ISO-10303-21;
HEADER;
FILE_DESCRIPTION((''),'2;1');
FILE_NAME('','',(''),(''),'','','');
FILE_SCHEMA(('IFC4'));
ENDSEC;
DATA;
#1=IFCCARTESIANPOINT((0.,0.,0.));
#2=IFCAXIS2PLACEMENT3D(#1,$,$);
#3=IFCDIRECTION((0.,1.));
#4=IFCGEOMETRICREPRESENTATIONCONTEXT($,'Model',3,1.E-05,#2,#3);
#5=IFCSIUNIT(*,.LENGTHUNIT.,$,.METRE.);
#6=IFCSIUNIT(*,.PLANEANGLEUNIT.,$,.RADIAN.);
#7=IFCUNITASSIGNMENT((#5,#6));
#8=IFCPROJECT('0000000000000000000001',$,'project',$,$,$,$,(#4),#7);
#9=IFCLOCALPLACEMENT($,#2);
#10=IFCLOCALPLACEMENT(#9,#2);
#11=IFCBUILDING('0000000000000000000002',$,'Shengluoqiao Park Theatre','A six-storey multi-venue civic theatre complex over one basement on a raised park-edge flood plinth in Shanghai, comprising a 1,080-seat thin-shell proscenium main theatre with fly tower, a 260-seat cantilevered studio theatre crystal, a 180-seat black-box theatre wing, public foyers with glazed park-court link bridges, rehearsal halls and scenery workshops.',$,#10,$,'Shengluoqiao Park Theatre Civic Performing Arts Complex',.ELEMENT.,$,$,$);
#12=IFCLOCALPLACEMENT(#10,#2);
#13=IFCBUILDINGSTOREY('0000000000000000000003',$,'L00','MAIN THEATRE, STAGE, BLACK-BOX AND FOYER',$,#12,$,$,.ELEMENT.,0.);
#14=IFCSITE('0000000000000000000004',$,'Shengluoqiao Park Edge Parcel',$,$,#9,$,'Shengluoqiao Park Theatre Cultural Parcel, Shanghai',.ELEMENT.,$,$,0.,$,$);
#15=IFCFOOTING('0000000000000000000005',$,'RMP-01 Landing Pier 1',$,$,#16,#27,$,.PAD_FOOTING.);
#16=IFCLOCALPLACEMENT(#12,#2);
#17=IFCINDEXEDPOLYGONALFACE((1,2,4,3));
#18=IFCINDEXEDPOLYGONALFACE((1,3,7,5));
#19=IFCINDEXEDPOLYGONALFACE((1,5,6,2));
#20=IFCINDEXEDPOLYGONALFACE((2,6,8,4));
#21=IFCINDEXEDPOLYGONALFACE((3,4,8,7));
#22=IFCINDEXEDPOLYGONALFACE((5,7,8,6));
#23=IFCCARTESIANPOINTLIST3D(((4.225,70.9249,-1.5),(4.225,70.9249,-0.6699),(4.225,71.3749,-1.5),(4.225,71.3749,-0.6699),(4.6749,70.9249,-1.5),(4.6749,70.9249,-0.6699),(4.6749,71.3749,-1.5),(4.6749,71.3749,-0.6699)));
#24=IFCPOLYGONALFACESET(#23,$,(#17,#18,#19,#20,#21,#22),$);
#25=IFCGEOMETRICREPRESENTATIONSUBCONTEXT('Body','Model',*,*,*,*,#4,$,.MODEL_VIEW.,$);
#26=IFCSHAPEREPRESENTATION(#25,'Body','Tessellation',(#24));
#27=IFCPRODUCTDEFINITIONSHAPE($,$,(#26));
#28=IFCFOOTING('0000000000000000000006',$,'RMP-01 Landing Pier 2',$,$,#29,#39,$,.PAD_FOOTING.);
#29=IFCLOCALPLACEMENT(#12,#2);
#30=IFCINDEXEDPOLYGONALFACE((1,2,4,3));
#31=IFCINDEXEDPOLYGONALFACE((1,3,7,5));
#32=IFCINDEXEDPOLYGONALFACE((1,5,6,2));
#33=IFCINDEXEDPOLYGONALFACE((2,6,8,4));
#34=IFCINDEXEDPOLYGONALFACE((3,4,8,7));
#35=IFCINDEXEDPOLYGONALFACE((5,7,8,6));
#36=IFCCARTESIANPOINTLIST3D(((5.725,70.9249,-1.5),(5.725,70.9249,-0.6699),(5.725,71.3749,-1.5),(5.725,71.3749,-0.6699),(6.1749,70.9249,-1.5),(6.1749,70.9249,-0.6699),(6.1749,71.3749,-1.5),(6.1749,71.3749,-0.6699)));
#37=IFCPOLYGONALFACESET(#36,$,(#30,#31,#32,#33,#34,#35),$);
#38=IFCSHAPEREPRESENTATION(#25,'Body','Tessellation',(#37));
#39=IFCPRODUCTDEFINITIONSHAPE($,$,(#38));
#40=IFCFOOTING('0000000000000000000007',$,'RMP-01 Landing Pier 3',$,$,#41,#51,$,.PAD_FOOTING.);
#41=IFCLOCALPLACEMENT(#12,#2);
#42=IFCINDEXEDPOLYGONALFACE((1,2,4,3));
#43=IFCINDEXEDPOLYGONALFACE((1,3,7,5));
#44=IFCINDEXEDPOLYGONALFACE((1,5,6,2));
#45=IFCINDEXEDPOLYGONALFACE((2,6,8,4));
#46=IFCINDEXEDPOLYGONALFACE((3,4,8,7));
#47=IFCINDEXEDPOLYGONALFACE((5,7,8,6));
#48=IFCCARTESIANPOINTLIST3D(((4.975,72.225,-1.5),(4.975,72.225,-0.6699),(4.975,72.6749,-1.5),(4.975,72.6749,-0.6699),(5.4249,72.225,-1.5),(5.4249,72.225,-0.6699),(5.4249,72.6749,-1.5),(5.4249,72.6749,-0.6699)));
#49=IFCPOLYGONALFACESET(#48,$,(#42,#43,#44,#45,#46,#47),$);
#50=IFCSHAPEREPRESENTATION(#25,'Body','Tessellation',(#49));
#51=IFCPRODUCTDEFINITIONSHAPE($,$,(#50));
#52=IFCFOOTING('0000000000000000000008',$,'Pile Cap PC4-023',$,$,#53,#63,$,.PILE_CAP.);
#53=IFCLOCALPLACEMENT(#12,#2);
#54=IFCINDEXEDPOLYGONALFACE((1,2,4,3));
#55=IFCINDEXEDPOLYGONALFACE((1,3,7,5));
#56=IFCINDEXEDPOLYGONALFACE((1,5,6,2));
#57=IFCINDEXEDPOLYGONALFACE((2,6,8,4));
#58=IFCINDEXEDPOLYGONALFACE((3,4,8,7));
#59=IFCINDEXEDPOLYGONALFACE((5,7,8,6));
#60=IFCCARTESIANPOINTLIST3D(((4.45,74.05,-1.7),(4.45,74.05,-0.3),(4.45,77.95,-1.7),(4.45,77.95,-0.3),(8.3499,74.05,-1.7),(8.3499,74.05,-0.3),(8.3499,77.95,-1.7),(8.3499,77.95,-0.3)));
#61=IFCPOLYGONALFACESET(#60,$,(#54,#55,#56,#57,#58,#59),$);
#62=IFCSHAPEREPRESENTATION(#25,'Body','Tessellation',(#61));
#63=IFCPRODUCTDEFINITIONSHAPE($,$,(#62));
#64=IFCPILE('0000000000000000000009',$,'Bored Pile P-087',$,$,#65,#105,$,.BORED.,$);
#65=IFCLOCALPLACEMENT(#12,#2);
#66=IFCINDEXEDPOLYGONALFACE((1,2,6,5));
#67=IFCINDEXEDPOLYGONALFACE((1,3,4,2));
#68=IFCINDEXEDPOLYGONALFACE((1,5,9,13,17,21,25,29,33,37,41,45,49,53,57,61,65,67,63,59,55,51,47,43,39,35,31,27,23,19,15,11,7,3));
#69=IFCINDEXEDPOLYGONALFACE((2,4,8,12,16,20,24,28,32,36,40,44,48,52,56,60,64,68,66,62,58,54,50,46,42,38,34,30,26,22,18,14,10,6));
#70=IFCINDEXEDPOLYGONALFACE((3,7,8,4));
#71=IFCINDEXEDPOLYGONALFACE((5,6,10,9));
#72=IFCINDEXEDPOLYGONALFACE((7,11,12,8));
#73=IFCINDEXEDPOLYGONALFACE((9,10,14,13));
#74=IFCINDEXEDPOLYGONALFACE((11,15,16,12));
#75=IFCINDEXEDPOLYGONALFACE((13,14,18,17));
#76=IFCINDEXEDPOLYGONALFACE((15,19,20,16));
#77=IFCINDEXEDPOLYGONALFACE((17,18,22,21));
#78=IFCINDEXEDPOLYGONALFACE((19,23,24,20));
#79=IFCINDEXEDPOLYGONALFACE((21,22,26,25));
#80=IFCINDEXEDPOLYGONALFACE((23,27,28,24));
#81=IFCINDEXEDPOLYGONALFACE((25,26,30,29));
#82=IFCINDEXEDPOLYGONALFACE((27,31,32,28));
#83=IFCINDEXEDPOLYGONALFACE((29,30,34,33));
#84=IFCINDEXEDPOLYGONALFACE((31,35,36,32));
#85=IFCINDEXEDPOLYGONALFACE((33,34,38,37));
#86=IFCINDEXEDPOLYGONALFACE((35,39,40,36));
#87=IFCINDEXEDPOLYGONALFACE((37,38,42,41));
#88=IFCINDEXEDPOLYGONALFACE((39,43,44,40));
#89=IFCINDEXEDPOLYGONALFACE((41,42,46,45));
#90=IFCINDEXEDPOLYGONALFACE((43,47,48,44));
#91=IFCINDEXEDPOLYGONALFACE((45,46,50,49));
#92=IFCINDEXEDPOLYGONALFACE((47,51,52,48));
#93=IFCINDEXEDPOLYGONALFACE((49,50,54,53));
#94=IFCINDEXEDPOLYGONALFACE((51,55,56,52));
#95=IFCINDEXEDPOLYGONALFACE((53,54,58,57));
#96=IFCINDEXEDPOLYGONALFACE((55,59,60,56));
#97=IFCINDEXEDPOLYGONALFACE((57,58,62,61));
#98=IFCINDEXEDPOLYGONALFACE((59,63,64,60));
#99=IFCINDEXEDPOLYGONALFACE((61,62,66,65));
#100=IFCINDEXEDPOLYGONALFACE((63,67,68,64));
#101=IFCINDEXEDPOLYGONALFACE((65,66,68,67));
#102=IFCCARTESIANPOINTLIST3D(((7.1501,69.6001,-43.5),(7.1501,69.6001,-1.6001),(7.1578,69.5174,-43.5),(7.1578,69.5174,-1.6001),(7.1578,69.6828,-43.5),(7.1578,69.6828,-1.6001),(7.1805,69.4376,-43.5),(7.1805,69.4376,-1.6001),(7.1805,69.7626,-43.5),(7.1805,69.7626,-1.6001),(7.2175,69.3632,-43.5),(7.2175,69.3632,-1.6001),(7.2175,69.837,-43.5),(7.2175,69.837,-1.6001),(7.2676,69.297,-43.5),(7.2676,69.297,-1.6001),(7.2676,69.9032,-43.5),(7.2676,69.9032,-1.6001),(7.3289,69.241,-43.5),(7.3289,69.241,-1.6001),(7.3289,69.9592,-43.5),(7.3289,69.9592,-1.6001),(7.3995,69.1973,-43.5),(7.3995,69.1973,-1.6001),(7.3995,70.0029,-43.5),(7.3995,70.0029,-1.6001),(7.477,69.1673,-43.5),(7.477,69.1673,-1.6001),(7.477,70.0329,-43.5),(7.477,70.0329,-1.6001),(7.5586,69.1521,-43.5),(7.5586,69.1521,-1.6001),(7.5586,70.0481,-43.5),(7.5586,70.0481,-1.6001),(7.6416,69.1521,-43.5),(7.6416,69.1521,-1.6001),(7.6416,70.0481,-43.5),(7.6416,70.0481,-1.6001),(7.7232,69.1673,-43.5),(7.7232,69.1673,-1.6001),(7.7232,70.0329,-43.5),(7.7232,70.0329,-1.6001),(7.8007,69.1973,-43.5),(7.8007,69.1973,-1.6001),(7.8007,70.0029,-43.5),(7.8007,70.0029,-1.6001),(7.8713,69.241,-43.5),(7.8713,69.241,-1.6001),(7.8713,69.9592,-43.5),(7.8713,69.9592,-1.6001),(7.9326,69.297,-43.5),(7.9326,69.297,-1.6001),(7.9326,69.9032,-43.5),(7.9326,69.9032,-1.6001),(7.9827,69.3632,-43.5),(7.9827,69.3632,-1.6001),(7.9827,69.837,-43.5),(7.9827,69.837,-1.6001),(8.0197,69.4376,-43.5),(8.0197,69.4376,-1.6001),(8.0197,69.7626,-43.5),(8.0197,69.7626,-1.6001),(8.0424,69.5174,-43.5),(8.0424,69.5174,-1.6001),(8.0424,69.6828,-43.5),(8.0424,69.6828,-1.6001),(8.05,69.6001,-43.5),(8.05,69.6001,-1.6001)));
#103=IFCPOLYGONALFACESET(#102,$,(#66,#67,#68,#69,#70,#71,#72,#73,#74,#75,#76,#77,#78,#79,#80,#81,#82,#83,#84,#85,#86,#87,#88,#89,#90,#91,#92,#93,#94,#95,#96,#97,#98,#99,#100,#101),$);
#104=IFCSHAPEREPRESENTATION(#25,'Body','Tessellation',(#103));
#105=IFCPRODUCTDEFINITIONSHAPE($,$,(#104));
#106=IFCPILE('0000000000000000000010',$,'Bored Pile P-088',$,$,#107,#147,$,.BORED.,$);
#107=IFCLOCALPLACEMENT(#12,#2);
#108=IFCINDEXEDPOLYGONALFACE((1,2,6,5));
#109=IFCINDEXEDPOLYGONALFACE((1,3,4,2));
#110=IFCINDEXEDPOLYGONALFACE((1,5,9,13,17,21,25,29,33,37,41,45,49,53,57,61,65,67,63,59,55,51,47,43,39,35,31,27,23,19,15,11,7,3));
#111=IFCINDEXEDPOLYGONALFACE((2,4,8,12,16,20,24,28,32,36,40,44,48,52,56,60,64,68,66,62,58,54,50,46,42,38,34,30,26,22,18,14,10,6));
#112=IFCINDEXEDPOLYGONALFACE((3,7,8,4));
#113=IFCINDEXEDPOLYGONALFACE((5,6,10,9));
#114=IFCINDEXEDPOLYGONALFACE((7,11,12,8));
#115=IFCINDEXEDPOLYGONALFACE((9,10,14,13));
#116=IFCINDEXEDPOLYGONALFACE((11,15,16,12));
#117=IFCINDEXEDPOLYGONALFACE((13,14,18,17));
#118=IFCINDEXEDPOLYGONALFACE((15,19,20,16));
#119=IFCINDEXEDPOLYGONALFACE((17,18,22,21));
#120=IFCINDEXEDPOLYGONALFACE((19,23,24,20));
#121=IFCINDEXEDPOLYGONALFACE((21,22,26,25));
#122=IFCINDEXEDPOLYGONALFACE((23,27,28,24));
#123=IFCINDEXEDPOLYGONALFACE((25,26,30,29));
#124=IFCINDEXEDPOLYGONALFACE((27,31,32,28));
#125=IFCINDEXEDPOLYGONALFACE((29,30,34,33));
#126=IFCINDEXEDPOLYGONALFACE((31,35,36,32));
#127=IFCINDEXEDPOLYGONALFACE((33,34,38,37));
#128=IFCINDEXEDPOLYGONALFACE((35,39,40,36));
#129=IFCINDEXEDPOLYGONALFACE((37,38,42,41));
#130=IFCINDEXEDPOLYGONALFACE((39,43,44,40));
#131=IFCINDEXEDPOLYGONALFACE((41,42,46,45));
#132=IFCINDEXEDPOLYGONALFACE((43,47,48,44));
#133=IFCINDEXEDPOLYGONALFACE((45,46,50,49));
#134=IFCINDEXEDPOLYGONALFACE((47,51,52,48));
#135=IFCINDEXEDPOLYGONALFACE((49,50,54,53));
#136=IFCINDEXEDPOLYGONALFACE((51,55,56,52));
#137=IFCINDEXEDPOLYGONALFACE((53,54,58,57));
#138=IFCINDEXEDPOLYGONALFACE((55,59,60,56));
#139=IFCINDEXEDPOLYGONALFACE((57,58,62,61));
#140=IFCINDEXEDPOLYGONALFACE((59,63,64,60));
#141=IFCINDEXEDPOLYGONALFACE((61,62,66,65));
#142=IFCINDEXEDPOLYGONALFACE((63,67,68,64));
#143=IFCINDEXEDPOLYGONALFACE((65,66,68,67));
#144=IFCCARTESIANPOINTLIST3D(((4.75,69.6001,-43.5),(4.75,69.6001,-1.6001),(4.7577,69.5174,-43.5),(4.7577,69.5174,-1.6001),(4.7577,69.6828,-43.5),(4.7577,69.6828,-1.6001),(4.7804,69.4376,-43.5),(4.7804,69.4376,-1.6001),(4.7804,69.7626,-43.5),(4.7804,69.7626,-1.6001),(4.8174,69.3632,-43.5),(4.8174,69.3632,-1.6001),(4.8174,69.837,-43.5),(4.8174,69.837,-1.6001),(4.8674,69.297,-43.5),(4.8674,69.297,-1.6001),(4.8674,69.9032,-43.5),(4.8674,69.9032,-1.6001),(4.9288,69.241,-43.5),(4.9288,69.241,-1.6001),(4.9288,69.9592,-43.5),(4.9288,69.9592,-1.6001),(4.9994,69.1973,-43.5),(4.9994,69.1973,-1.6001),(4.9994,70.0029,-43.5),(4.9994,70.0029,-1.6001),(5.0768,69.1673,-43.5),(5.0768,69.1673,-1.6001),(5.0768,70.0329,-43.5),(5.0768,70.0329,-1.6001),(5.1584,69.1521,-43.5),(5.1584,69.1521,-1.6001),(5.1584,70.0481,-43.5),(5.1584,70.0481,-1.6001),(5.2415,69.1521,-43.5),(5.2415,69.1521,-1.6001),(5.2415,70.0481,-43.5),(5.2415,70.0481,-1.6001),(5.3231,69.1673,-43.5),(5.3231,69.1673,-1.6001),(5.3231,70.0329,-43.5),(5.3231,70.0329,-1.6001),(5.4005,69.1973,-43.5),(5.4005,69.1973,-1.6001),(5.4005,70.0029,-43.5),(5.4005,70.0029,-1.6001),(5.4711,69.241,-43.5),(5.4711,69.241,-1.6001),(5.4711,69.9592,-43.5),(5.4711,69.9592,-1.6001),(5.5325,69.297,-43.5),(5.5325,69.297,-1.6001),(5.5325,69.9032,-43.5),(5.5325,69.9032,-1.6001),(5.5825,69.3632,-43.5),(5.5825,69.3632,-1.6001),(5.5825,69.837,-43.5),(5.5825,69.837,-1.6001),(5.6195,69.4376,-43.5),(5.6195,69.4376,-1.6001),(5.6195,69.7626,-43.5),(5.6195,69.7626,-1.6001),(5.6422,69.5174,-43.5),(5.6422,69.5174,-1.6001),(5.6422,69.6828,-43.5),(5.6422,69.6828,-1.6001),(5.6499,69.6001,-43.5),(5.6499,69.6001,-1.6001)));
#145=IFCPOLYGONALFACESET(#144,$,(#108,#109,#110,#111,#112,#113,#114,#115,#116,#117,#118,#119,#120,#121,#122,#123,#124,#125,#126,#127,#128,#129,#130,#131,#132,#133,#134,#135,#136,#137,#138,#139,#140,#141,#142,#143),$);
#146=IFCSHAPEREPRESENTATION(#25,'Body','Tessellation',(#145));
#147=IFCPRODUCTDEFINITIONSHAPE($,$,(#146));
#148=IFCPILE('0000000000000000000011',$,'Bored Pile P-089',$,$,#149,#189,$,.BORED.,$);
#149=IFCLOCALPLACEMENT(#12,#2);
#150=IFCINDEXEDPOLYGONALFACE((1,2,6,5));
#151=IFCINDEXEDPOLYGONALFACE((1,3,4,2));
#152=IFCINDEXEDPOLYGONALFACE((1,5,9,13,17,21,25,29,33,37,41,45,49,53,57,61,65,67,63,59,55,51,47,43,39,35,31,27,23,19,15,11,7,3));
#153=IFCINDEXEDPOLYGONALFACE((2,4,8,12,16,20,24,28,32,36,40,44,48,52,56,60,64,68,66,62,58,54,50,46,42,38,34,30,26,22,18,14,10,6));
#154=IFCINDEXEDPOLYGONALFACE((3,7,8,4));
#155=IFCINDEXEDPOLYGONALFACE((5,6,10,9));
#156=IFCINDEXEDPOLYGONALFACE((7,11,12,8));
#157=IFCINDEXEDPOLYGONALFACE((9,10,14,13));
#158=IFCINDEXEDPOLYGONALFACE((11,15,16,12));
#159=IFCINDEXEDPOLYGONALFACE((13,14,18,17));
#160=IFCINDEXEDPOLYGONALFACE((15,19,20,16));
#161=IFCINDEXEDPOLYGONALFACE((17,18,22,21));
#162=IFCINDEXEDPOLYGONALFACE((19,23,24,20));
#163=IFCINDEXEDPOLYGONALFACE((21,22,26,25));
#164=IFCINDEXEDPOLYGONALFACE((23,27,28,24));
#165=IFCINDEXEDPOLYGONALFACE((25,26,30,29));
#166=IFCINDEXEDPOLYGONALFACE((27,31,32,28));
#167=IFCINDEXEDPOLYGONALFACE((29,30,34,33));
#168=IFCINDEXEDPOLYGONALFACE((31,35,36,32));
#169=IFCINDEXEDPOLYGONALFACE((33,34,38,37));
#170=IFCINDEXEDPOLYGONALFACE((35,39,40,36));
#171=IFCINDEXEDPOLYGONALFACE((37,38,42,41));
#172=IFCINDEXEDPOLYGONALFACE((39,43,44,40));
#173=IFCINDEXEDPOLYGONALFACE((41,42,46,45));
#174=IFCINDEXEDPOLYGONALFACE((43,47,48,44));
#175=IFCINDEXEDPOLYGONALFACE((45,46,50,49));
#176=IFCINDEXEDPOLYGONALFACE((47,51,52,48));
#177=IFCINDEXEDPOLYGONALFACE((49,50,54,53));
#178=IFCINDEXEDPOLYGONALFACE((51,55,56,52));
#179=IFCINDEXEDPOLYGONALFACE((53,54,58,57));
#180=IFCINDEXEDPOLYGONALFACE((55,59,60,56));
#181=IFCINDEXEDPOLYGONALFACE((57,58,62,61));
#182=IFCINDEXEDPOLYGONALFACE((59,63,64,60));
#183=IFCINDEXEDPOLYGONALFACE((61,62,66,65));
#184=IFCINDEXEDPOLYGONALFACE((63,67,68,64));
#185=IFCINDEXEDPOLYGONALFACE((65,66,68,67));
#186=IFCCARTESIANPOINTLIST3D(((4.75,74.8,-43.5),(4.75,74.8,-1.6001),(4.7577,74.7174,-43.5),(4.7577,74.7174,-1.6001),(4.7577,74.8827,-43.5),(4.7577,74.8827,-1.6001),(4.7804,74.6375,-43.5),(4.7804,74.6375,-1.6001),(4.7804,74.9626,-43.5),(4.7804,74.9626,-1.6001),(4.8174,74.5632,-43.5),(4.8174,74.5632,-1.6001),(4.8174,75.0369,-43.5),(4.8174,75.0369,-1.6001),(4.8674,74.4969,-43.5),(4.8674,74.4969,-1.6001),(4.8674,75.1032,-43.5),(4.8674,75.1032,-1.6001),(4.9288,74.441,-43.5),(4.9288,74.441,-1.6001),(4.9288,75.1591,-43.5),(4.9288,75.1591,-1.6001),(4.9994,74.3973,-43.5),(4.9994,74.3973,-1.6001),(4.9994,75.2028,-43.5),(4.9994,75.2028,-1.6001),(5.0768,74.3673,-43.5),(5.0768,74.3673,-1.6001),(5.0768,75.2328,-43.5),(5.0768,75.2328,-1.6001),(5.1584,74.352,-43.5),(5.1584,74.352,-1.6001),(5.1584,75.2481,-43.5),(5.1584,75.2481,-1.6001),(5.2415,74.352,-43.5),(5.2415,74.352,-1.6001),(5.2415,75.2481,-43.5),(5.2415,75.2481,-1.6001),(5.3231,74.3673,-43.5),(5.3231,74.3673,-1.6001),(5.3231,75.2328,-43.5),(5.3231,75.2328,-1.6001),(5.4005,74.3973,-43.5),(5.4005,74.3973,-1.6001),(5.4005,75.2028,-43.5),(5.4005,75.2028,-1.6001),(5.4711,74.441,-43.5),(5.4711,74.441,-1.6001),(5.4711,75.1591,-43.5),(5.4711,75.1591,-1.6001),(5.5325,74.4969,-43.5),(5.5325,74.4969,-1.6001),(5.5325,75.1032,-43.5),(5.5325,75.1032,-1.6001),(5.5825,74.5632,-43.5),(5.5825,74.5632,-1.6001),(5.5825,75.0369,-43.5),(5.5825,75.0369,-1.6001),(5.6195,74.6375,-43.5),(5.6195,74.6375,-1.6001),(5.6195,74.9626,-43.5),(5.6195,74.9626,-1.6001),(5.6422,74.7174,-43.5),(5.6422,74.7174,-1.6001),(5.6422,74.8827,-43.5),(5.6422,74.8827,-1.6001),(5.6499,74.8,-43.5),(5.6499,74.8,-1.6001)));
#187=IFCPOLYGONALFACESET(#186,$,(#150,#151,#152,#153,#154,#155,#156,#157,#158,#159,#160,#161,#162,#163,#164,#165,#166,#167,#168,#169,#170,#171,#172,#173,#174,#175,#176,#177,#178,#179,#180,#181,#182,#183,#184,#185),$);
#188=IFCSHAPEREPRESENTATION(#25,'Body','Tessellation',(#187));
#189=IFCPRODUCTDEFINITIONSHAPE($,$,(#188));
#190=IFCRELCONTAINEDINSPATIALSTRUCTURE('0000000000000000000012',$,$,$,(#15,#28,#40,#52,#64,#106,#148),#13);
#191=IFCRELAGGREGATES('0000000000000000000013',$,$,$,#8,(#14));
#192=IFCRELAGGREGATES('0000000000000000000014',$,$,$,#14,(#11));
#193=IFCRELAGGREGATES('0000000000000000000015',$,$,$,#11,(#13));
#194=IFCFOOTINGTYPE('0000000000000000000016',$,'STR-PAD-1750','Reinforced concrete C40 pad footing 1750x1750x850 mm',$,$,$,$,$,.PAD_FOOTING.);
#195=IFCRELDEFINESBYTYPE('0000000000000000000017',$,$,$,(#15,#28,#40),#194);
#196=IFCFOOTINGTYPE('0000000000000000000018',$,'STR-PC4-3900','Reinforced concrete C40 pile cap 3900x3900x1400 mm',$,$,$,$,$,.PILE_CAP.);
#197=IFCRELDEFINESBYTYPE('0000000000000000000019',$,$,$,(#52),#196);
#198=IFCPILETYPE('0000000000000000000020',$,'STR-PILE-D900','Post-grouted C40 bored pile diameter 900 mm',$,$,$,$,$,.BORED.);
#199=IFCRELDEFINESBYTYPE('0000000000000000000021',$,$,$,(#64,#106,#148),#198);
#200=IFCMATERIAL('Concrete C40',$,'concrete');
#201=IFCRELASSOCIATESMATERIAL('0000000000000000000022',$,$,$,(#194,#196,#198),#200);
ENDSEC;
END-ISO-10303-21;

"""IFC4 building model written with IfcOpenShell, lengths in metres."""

from ifc_helpers import new_model, si_unit, direction, frame, origin, origin_2d, place, context, subcontext, project, spatial, rectangle, circle, extrude, material, material_profile, profile_set, type_object, element, save


model = new_model("IFC4")

# Units and contexts
model_context = context("Model", 3, precision=1e-05, world=origin(), true_north=direction((0.0, 1.0)))
body_context = subcontext(model_context, "Body", "Model", "MODEL_VIEW")
ifc_project = project(units=[si_unit("LENGTHUNIT", "METRE"), si_unit("PLANEANGLEUNIT", "RADIAN")], contexts=[model_context])

# Site, building, storey
site_placement = place(None, origin())
site = spatial("IfcSite", under=ifc_project, at=site_placement, Name="Shengluoqiao Park Edge Parcel", LongName="Shengluoqiao Park Theatre Cultural Parcel, Shanghai", CompositionType="ELEMENT", RefElevation=0.0)
building_placement = place(site_placement, origin())
building = spatial("IfcBuilding", under=site, at=building_placement, Name="Shengluoqiao Park Theatre", Description="A six-storey multi-venue civic theatre complex over one basement on a raised park-edge flood plinth in Shanghai, comprising a 1,080-seat thin-shell proscenium main theatre with fly tower, a 260-seat cantilevered studio theatre crystal, a 180-seat black-box theatre wing, public foyers with glazed park-court link bridges, rehearsal halls and scenery workshops.", LongName="Shengluoqiao Park Theatre Civic Performing Arts Complex", CompositionType="ELEMENT")
storey_placement = place(building_placement, origin())
storey = spatial("IfcBuildingStorey", under=building, at=storey_placement, Name="L00", Description="MAIN THEATRE, STAGE, BLACK-BOX AND FOYER", CompositionType="ELEMENT", Elevation=0.0)

# Footings
ifc_material_1 = material(Name="Concrete C40", Category="concrete")
footing_type_1 = type_object("IfcFootingType", Name="STR-PAD-1750", Description="Reinforced concrete C40 pad footing 1750x1750x850 mm", PredefinedType="PAD_FOOTING", material=ifc_material_1)
for number, where, z_axis, x_axis, name in (
    (1, (4.45, 71.1499, -1.5), (0.0, 0.0, 1.0), (1.0, 0.0, 0.0), "RMP-01 Landing Pier 1"),
    (2, (5.95, 71.1499, -1.5), (0.0, 0.0, 1.0), (1.0, 0.0, 0.0), "RMP-01 Landing Pier 2"),
    (3, (5.2, 72.45, -1.5), (0.0, 0.0, 1.0), (1.0, 0.0, 0.0), "RMP-01 Landing Pier 3"),
):
    element("IfcFooting", number, at=place(storey_placement, frame(where, z_axis=z_axis, x_axis=x_axis)), inside=storey, type_object=footing_type_1, Name=name, PredefinedType="PAD_FOOTING", context=body_context, shape_type="SweptSolid", body=[
        extrude(rectangle(XDim=0.45, YDim=0.45, at=origin_2d()), origin(), (0.0, 0.0, 1.0), 0.8301),
    ])
footing_type_2 = type_object("IfcFootingType", Name="STR-PC4-3900", Description="Reinforced concrete C40 pile cap 3900x3900x1400 mm", PredefinedType="PILE_CAP", material=ifc_material_1)
footing_1_placement = place(storey_placement, frame((6.3999, 76.0, -1.7), z_axis=(0.0, 0.0, 1.0), x_axis=(1.0, 0.0, 0.0)))
element("IfcFooting", 4, at=footing_1_placement, inside=storey, type_object=footing_type_2, Name="Pile Cap PC4-023", PredefinedType="PILE_CAP", context=body_context, shape_type="SweptSolid", body=[
    extrude(rectangle(XDim=3.8999, YDim=3.8999, at=origin_2d()), origin(), (0.0, 0.0, 1.0), 1.3999),
])

# Piles
ifc_material_profile_1 = material_profile(ifc_material_1, circle(Radius=0.45, at=origin_2d()), Name="BORED PILE D900")
ifc_profile_set_1 = profile_set([ifc_material_profile_1], Name="Concrete C40")
pile_type = type_object("IfcPileType", Name="STR-PILE-D900", Description="Post-grouted C40 bored pile diameter 900 mm", PredefinedType="BORED", material=ifc_profile_set_1)
for number, where, z_axis, x_axis, name in (
    (5, (7.6001, 69.6001, -1.6001), (0.0, 0.0, -1.0), (1.0, 0.0, 0.0), "Bored Pile P-087"),
    (6, (5.2, 69.6001, -1.6001), (0.0, 0.0, -1.0), (1.0, 0.0, 0.0), "Bored Pile P-088"),
    (7, (5.2, 74.8, -1.6001), (0.0, 0.0, -1.0), (1.0, 0.0, 0.0), "Bored Pile P-089"),
):
    element("IfcPile", number, at=place(storey_placement, frame(where, z_axis=z_axis, x_axis=x_axis)), inside=storey, type_object=pile_type, Name=name, PredefinedType="BORED", context=body_context, shape_type="SweptSolid", body=[
        extrude(circle(Radius=0.45, at=origin_2d()), origin(), (0.0, 0.0, 1.0), 41.8999),
    ])

save(model, "model.ifc")
